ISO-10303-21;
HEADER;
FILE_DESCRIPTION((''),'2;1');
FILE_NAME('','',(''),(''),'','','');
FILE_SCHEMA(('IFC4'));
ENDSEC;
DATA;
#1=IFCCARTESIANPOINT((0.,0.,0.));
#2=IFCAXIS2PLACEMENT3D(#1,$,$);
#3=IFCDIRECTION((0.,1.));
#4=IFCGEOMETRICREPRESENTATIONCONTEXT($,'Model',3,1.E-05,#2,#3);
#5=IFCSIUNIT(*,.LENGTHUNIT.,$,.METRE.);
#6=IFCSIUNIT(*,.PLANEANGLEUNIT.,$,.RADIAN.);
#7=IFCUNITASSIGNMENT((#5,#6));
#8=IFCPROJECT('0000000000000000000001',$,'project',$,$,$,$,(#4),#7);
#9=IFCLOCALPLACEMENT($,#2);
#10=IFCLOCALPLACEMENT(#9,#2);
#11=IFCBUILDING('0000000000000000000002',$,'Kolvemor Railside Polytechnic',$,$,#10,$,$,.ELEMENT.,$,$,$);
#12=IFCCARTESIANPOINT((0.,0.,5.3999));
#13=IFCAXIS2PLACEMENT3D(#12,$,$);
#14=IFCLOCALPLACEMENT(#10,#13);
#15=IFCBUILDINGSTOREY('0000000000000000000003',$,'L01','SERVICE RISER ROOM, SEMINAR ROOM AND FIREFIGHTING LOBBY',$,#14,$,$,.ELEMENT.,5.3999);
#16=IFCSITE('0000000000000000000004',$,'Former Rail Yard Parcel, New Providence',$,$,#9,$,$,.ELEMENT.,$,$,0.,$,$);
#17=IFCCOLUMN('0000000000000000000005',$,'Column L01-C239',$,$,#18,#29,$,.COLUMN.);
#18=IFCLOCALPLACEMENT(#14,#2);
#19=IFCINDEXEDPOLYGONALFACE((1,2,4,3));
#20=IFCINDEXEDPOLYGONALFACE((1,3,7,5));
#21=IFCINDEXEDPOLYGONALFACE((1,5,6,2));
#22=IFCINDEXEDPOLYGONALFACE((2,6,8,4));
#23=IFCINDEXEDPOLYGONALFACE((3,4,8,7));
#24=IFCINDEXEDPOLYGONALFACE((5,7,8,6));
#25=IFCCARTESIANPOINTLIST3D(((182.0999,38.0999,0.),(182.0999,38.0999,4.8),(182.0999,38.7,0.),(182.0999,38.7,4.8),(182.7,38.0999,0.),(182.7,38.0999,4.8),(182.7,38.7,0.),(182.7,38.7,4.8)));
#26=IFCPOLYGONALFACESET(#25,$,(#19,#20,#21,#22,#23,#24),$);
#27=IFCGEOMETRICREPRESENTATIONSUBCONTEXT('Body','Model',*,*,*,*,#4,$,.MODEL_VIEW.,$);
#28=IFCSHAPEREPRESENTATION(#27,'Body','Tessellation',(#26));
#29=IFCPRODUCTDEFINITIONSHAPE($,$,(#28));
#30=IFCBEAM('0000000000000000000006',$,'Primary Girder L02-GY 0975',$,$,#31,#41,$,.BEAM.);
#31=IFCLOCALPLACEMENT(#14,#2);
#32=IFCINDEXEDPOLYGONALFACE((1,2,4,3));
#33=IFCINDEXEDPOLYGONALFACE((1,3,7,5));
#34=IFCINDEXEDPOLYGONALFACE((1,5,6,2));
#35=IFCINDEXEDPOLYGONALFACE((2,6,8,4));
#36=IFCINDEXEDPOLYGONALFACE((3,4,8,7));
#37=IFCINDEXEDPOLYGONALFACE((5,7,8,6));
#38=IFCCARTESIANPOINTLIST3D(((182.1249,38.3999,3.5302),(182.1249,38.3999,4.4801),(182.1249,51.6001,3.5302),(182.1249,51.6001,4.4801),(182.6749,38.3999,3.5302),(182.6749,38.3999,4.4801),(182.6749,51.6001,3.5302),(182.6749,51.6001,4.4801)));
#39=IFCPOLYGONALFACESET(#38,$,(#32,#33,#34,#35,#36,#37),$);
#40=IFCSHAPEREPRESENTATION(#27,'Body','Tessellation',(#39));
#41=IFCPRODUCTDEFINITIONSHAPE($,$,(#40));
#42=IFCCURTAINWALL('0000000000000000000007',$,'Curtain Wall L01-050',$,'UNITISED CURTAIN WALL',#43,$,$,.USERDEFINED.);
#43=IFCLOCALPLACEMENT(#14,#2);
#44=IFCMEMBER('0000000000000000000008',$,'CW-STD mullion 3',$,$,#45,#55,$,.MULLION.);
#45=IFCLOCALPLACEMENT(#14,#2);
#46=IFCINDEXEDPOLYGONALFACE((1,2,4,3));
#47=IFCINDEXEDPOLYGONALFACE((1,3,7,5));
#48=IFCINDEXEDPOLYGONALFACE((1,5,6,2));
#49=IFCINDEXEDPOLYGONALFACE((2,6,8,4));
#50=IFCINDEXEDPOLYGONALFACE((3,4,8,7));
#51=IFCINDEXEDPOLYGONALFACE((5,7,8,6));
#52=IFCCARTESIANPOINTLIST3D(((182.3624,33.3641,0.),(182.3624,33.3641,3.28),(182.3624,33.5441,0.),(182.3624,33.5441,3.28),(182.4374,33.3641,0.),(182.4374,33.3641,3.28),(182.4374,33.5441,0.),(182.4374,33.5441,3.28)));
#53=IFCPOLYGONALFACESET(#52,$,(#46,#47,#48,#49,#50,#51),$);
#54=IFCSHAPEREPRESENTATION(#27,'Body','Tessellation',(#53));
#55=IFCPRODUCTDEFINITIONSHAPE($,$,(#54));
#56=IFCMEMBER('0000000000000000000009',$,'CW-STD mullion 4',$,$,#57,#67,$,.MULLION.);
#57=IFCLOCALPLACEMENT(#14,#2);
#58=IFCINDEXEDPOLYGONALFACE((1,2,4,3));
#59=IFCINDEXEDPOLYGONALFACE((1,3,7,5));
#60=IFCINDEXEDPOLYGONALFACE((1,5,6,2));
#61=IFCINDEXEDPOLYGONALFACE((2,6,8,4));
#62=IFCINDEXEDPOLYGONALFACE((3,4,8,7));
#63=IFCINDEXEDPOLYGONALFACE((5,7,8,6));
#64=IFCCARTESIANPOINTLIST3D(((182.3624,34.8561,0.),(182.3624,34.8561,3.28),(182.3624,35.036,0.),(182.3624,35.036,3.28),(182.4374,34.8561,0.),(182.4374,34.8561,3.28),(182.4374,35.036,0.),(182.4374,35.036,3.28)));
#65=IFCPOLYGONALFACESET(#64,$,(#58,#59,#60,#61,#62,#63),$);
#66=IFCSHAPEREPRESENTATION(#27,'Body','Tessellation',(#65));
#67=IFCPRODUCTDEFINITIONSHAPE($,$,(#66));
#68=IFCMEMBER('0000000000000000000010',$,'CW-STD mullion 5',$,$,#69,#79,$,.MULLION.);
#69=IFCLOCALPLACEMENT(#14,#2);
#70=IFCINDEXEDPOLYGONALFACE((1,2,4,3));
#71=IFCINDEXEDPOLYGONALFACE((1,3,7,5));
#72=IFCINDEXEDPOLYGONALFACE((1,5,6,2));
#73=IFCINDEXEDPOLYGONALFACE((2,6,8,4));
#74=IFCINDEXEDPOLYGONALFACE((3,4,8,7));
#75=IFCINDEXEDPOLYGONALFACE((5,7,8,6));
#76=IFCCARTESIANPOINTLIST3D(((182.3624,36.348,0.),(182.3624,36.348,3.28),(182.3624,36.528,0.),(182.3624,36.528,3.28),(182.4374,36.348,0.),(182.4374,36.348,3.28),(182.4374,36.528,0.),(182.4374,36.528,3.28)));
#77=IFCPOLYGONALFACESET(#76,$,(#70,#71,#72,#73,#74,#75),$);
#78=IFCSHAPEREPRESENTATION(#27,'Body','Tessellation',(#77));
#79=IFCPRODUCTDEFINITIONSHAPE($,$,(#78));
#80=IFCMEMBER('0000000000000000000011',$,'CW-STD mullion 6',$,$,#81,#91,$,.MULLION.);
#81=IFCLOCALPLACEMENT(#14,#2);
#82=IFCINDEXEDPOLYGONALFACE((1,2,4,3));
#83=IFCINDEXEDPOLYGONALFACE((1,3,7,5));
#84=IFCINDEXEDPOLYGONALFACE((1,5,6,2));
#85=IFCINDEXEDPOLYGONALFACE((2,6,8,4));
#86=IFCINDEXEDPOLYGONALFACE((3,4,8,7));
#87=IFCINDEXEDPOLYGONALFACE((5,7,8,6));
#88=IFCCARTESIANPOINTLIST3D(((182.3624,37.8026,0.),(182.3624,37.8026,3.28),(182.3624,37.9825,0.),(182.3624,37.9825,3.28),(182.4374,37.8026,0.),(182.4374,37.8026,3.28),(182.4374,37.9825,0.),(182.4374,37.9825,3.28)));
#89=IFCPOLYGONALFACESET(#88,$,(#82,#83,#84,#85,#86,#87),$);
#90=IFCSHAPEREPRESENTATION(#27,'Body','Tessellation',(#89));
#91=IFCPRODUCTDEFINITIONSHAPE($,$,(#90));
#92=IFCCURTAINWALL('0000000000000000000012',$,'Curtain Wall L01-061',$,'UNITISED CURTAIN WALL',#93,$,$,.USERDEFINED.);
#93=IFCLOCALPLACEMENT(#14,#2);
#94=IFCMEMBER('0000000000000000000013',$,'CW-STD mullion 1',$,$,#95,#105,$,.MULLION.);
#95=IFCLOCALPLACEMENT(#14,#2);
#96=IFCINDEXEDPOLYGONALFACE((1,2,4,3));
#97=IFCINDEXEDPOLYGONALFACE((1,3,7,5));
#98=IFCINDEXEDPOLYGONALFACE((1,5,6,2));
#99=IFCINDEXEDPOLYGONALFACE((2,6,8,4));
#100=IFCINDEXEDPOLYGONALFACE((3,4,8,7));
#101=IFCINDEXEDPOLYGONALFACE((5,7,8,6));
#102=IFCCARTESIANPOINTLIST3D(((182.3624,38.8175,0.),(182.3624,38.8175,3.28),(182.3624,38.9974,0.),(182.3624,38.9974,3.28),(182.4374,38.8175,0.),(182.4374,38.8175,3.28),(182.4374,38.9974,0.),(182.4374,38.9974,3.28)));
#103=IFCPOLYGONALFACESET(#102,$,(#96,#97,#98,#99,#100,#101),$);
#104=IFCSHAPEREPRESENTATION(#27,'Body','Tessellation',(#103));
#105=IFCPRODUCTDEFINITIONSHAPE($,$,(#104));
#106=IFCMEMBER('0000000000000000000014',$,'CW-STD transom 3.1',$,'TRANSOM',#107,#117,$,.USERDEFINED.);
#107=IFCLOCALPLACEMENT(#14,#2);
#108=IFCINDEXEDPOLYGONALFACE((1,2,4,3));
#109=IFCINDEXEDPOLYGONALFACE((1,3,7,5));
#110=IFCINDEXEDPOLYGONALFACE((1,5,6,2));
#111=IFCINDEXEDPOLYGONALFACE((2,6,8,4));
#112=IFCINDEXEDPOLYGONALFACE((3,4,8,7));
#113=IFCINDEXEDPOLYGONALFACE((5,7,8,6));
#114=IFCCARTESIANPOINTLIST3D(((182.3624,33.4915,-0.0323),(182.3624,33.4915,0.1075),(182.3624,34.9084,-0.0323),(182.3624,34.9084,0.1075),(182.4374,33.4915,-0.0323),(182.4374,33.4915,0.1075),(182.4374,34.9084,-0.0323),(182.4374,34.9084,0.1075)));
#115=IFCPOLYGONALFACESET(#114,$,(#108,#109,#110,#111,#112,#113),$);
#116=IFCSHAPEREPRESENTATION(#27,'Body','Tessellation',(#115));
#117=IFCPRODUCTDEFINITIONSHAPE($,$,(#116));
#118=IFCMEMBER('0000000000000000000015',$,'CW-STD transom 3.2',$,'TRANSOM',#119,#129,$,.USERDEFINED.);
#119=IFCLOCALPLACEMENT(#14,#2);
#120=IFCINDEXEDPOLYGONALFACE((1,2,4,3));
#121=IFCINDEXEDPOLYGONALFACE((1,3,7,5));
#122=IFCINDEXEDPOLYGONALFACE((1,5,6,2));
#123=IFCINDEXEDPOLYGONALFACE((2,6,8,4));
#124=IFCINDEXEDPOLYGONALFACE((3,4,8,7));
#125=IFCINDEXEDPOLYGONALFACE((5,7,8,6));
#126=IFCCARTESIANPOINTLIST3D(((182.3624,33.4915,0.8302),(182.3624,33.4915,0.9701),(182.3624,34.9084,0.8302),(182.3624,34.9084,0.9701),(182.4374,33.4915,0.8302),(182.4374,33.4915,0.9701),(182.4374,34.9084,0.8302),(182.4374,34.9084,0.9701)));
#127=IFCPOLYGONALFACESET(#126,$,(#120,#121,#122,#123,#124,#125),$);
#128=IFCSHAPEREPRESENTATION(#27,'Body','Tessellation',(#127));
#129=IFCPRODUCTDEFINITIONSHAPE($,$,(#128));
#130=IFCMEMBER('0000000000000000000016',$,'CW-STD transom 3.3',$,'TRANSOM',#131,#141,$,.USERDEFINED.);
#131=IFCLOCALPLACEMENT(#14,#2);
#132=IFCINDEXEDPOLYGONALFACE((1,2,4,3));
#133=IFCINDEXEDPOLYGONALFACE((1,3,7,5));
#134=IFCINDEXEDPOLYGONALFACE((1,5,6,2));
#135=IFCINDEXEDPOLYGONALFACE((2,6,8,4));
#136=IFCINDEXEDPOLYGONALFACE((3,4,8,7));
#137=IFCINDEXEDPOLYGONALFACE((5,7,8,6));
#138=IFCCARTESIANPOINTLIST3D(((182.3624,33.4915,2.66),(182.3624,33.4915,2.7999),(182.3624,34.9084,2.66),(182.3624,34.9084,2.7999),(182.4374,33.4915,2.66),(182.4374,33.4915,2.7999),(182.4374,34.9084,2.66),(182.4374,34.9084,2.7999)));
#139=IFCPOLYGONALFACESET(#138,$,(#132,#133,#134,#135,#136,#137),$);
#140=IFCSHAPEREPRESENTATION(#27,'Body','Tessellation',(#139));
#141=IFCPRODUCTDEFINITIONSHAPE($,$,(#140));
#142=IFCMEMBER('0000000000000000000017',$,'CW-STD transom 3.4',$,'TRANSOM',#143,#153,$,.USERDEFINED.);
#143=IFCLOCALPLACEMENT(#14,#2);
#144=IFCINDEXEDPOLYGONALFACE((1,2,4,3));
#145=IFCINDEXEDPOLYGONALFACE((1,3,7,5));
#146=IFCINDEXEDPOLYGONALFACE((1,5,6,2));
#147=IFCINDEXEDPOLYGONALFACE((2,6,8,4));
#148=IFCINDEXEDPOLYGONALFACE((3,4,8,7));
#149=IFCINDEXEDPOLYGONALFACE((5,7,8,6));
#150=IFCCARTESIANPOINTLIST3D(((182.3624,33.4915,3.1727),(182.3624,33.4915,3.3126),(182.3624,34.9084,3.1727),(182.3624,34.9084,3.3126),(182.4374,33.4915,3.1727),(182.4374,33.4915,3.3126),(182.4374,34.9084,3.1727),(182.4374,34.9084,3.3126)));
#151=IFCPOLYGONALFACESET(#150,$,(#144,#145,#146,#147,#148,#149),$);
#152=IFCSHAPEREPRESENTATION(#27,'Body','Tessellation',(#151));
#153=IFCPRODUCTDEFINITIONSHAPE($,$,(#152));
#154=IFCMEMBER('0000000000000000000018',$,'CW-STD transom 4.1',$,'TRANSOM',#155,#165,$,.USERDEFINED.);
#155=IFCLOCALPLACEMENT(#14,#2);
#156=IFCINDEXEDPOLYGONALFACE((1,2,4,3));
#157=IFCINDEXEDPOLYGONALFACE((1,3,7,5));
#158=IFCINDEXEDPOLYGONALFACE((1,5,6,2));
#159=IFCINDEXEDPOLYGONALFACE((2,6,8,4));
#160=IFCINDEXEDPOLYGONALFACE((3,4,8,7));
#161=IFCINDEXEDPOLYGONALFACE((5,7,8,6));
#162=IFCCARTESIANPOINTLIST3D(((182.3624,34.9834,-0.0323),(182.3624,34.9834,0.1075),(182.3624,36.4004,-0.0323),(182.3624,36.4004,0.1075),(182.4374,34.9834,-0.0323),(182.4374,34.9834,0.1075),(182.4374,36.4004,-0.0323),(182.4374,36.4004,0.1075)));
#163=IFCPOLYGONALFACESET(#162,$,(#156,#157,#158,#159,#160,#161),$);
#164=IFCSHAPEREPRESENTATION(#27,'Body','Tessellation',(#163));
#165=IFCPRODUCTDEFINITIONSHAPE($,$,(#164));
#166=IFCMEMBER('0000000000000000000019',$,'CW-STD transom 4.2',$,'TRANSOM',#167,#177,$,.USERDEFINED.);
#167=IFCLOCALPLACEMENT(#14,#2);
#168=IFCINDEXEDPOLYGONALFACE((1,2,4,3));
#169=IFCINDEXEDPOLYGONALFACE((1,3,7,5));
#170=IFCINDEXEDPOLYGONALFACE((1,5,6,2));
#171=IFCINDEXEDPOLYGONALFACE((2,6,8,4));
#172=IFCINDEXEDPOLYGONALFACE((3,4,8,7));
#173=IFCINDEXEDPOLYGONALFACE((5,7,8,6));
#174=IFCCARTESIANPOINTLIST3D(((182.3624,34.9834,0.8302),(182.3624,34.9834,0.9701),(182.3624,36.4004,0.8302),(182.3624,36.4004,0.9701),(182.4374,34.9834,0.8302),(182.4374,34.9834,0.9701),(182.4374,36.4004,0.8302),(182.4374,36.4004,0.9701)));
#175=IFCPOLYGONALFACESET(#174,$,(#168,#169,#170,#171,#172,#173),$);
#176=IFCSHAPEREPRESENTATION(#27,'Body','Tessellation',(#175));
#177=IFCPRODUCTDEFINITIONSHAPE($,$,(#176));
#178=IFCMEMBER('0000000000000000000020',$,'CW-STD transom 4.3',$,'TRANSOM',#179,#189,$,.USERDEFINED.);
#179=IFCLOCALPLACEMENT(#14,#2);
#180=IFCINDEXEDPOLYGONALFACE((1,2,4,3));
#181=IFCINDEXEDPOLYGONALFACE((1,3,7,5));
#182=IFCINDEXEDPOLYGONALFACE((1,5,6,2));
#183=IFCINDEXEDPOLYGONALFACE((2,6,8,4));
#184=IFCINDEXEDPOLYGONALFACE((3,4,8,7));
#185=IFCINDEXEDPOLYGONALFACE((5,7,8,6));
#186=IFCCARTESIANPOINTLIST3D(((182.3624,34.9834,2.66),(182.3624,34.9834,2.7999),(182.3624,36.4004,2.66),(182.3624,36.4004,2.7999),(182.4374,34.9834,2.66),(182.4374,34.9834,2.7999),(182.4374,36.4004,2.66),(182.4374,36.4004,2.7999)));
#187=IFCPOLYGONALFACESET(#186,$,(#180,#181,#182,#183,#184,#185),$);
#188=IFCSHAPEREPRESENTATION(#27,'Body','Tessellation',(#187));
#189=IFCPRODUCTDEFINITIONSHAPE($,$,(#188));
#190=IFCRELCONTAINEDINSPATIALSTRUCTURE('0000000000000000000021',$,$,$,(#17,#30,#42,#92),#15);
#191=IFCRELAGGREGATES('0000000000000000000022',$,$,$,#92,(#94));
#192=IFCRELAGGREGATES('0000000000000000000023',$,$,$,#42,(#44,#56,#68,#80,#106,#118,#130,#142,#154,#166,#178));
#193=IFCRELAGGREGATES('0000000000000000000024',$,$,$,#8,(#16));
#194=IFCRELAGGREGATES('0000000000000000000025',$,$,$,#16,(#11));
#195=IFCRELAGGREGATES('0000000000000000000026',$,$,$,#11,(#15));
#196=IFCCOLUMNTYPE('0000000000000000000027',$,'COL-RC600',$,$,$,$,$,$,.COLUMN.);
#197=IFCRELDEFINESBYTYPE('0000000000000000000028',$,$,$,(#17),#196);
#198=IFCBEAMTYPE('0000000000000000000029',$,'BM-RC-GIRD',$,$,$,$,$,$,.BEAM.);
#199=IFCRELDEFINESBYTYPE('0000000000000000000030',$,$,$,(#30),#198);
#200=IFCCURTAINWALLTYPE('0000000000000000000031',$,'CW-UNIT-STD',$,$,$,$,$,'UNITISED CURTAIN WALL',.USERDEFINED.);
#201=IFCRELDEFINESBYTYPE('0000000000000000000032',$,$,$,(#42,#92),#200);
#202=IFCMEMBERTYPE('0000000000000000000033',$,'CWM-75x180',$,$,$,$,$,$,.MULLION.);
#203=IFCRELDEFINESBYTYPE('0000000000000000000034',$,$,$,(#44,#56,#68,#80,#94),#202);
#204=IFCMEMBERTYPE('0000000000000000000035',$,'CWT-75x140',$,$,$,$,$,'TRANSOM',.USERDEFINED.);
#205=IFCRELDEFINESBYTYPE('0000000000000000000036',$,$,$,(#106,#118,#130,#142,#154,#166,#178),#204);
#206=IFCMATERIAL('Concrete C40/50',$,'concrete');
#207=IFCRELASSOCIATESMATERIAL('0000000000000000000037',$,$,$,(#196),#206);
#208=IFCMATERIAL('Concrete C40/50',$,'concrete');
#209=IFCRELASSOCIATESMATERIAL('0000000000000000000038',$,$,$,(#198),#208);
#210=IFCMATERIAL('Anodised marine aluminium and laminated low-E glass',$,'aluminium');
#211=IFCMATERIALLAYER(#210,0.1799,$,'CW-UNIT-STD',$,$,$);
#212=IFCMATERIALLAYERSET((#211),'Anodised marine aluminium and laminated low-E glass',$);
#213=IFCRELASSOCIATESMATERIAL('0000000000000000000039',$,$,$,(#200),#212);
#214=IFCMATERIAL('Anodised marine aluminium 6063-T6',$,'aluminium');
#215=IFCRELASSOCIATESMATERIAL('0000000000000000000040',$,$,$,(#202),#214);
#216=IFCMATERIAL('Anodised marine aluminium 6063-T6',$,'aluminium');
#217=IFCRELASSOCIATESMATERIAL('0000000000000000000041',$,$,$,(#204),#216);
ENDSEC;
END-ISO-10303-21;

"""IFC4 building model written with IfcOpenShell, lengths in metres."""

from ifc_helpers import new_model, si_unit, direction, frame, origin, origin_2d, place, context, subcontext, project, spatial, rectangle, extrude, material, layer, layer_set, material_profile, profile_set, type_object, element, aggregate, save


model = new_model("IFC4")

# Units and contexts
model_context = context("Model", 3, precision=1e-05, world=origin(), true_north=direction((0.0, 1.0)))
body_context = subcontext(model_context, "Body", "Model", "MODEL_VIEW")
ifc_project = project(units=[si_unit("LENGTHUNIT", "METRE"), si_unit("PLANEANGLEUNIT", "RADIAN")], contexts=[model_context])

# Site, building, storey
site_placement = place(None, origin())
site = spatial("IfcSite", under=ifc_project, at=site_placement, Name="Former Rail Yard Parcel, New Providence", CompositionType="ELEMENT", RefElevation=0.0)
building_placement = place(site_placement, origin())
building = spatial("IfcBuilding", under=site, at=building_placement, Name="Kolvemor Railside Polytechnic", CompositionType="ELEMENT")
storey_placement = place(building_placement, frame((0.0, 0.0, 5.3999)))
storey = spatial("IfcBuildingStorey", under=building, at=storey_placement, Name="L01", Description="SERVICE RISER ROOM, SEMINAR ROOM AND FIREFIGHTING LOBBY", CompositionType="ELEMENT", Elevation=5.3999)

# Column
ifc_material_1 = material(Name="Concrete C40/50", Category="concrete")
ifc_material_profile_1 = material_profile(ifc_material_1, rectangle(XDim=0.6001, YDim=0.6001, at=origin_2d()), Name="RC600x600")
ifc_profile_set_1 = profile_set([ifc_material_profile_1], Name="Concrete C40/50")
column_type = type_object("IfcColumnType", Name="COL-RC600", PredefinedType="COLUMN", material=ifc_profile_set_1)
column_placement = place(storey_placement, frame((182.3999, 38.3999, 0.0), z_axis=(0.0, 0.0, 1.0), x_axis=(1.0, 0.0, 0.0)))
element("IfcColumn", 1, at=column_placement, inside=storey, type_object=column_type, Name="Column L01-C239", PredefinedType="COLUMN", context=body_context, shape_type="SweptSolid", body=[
    extrude(rectangle(XDim=0.6001, YDim=0.6001, at=origin_2d()), origin(), (0.0, 0.0, 1.0), 4.8),
])

# Beam
ifc_material_2 = material(Name="Concrete C40/50", Category="concrete")
ifc_material_profile_2 = material_profile(ifc_material_2, rectangle(XDim=0.55, YDim=0.95, at=origin_2d()), Name="RC550x950")
ifc_profile_set_2 = profile_set([ifc_material_profile_2], Name="Concrete C40/50")
beam_type = type_object("IfcBeamType", Name="BM-RC-GIRD", PredefinedType="BEAM", material=ifc_profile_set_2)
beam_placement = place(storey_placement, frame((182.3999, 38.3999, 4.0051), z_axis=(0.0, 1.0, 0.0), x_axis=(-1.0, 0.0, 0.0)))
element("IfcBeam", 2, at=beam_placement, inside=storey, type_object=beam_type, Name="Primary Girder L02-GY 0975", PredefinedType="BEAM", context=body_context, shape_type="SweptSolid", body=[
    extrude(rectangle(XDim=0.55, YDim=0.95, at=origin_2d()), origin(), (0.0, 0.0, 1.0), 13.2002),
])

# Curtain wall, members
ifc_material_3 = material(Name="Anodised marine aluminium and laminated low-E glass", Category="aluminium")
ifc_layer_1 = layer(ifc_material_3, 0.1799, Name="CW-UNIT-STD")
ifc_layer_set_1 = layer_set([ifc_layer_1], Name="Anodised marine aluminium and laminated low-E glass")
curtain_wall_type = type_object("IfcCurtainWallType", Name="CW-UNIT-STD", ElementType="UNITISED CURTAIN WALL", PredefinedType="USERDEFINED", material=ifc_layer_set_1)
curtain_wall_1_placement = place(storey_placement, origin())
curtain_wall_1 = element("IfcCurtainWall", 3, at=curtain_wall_1_placement, inside=storey, type_object=curtain_wall_type, Name="Curtain Wall L01-050", ObjectType="UNITISED CURTAIN WALL", PredefinedType="USERDEFINED")
ifc_material_4 = material(Name="Anodised marine aluminium 6063-T6", Category="aluminium")
ifc_material_profile_3 = material_profile(ifc_material_4, rectangle(XDim=0.075, YDim=0.1799, at=origin_2d()), Name="CW-MUL-75x180")
ifc_profile_set_3 = profile_set([ifc_material_profile_3], Name="Anodised marine aluminium 6063-T6")
member_type_1 = type_object("IfcMemberType", Name="CWM-75x180", PredefinedType="MULLION", material=ifc_profile_set_3)
member_1_placement = place(storey_placement, frame((182.3999, 33.4541, 0.0), z_axis=(0.0, 0.0, 1.0), x_axis=(-1.0, 0.0, 0.0)))
member_1 = element("IfcMember", 4, at=member_1_placement, type_object=member_type_1, Name="CW-STD mullion 3", PredefinedType="MULLION", context=body_context, shape_type="SweptSolid", body=[
    extrude(rectangle(XDim=0.075, YDim=0.1799, at=origin_2d()), origin(), (0.0, 0.0, 1.0), 3.28),
])
member_2_placement = place(storey_placement, frame((182.3999, 34.946, 0.0), z_axis=(0.0, 0.0, 1.0), x_axis=(-1.0, 0.0, 0.0)))
member_2 = element("IfcMember", 5, at=member_2_placement, type_object=member_type_1, Name="CW-STD mullion 4", PredefinedType="MULLION", context=body_context, shape_type="SweptSolid", body=[
    extrude(rectangle(XDim=0.075, YDim=0.1799, at=origin_2d()), origin(), (0.0, 0.0, 1.0), 3.28),
])
member_3_placement = place(storey_placement, frame((182.3999, 36.438, 0.0), z_axis=(0.0, 0.0, 1.0), x_axis=(-1.0, 0.0, 0.0)))
member_3 = element("IfcMember", 6, at=member_3_placement, type_object=member_type_1, Name="CW-STD mullion 5", PredefinedType="MULLION", context=body_context, shape_type="SweptSolid", body=[
    extrude(rectangle(XDim=0.075, YDim=0.1799, at=origin_2d()), origin(), (0.0, 0.0, 1.0), 3.28),
])
member_4_placement = place(storey_placement, frame((182.3999, 37.8926, 0.0), z_axis=(0.0, 0.0, 1.0), x_axis=(-1.0, 0.0, 0.0)))
member_4 = element("IfcMember", 7, at=member_4_placement, type_object=member_type_1, Name="CW-STD mullion 6", PredefinedType="MULLION", context=body_context, shape_type="SweptSolid", body=[
    extrude(rectangle(XDim=0.075, YDim=0.1799, at=origin_2d()), origin(), (0.0, 0.0, 1.0), 3.28),
])

# Curtain wall, member
curtain_wall_2_placement = place(storey_placement, origin())
curtain_wall_2 = element("IfcCurtainWall", 8, at=curtain_wall_2_placement, inside=storey, type_object=curtain_wall_type, Name="Curtain Wall L01-061", ObjectType="UNITISED CURTAIN WALL", PredefinedType="USERDEFINED")
member_5_placement = place(storey_placement, frame((182.3999, 38.9075, 0.0), z_axis=(0.0, 0.0, 1.0), x_axis=(-1.0, 0.0, 0.0)))
member_5 = element("IfcMember", 9, at=member_5_placement, type_object=member_type_1, Name="CW-STD mullion 1", PredefinedType="MULLION", context=body_context, shape_type="SweptSolid", body=[
    extrude(rectangle(XDim=0.075, YDim=0.1799, at=origin_2d()), origin(), (0.0, 0.0, 1.0), 3.28),
])

# Members
ifc_material_5 = material(Name="Anodised marine aluminium 6063-T6", Category="aluminium")
ifc_material_profile_4 = material_profile(ifc_material_5, rectangle(XDim=0.075, YDim=0.1399, at=origin_2d()), Name="CW-TRN-75x140")
ifc_profile_set_4 = profile_set([ifc_material_profile_4], Name="Anodised marine aluminium 6063-T6")
member_type_2 = type_object("IfcMemberType", Name="CWT-75x140", ElementType="TRANSOM", PredefinedType="USERDEFINED", material=ifc_profile_set_4)
member_6_placement = place(storey_placement, frame((182.3999, 33.4915, 0.0376), z_axis=(0.0, 1.0, 0.0), x_axis=(-1.0, 0.0, 0.0)))
member_6 = element("IfcMember", 10, at=member_6_placement, type_object=member_type_2, Name="CW-STD transom 3.1", ObjectType="TRANSOM", PredefinedType="USERDEFINED", context=body_context, shape_type="SweptSolid", body=[
    extrude(rectangle(XDim=0.075, YDim=0.1399, at=origin_2d()), origin(), (0.0, 0.0, 1.0), 1.417),
])
member_7_placement = place(storey_placement, frame((182.3999, 33.4915, 0.9001), z_axis=(0.0, 1.0, 0.0), x_axis=(-1.0, 0.0, 0.0)))
member_7 = element("IfcMember", 11, at=member_7_placement, type_object=member_type_2, Name="CW-STD transom 3.2", ObjectType="TRANSOM", PredefinedType="USERDEFINED", context=body_context, shape_type="SweptSolid", body=[
    extrude(rectangle(XDim=0.075, YDim=0.1399, at=origin_2d()), origin(), (0.0, 0.0, 1.0), 1.417),
])
member_8_placement = place(storey_placement, frame((182.3999, 33.4915, 2.73), z_axis=(0.0, 1.0, 0.0), x_axis=(-1.0, 0.0, 0.0)))
member_8 = element("IfcMember", 12, at=member_8_placement, type_object=member_type_2, Name="CW-STD transom 3.3", ObjectType="TRANSOM", PredefinedType="USERDEFINED", context=body_context, shape_type="SweptSolid", body=[
    extrude(rectangle(XDim=0.075, YDim=0.1399, at=origin_2d()), origin(), (0.0, 0.0, 1.0), 1.417),
])
member_9_placement = place(storey_placement, frame((182.3999, 33.4915, 3.2427), z_axis=(0.0, 1.0, 0.0), x_axis=(-1.0, 0.0, 0.0)))
member_9 = element("IfcMember", 13, at=member_9_placement, type_object=member_type_2, Name="CW-STD transom 3.4", ObjectType="TRANSOM", PredefinedType="USERDEFINED", context=body_context, shape_type="SweptSolid", body=[
    extrude(rectangle(XDim=0.075, YDim=0.1399, at=origin_2d()), origin(), (0.0, 0.0, 1.0), 1.417),
])
member_10_placement = place(storey_placement, frame((182.3999, 34.9834, 0.0376), z_axis=(0.0, 1.0, 0.0), x_axis=(-1.0, 0.0, 0.0)))
member_10 = element("IfcMember", 14, at=member_10_placement, type_object=member_type_2, Name="CW-STD transom 4.1", ObjectType="TRANSOM", PredefinedType="USERDEFINED", context=body_context, shape_type="SweptSolid", body=[
    extrude(rectangle(XDim=0.075, YDim=0.1399, at=origin_2d()), origin(), (0.0, 0.0, 1.0), 1.417),
])
member_11_placement = place(storey_placement, frame((182.3999, 34.9834, 0.9001), z_axis=(0.0, 1.0, 0.0), x_axis=(-1.0, 0.0, 0.0)))
member_11 = element("IfcMember", 15, at=member_11_placement, type_object=member_type_2, Name="CW-STD transom 4.2", ObjectType="TRANSOM", PredefinedType="USERDEFINED", context=body_context, shape_type="SweptSolid", body=[
    extrude(rectangle(XDim=0.075, YDim=0.1399, at=origin_2d()), origin(), (0.0, 0.0, 1.0), 1.417),
])
member_12_placement = place(storey_placement, frame((182.3999, 34.9834, 2.73), z_axis=(0.0, 1.0, 0.0), x_axis=(-1.0, 0.0, 0.0)))
member_12 = element("IfcMember", 16, at=member_12_placement, type_object=member_type_2, Name="CW-STD transom 4.3", ObjectType="TRANSOM", PredefinedType="USERDEFINED", context=body_context, shape_type="SweptSolid", body=[
    extrude(rectangle(XDim=0.075, YDim=0.1399, at=origin_2d()), origin(), (0.0, 0.0, 1.0), 1.417),
])
aggregate(curtain_wall_2, [member_5])

aggregate(curtain_wall_1, [member_1, member_2, member_3, member_4, member_6, member_7, member_8, member_9, member_10, member_11, member_12])

save(model, "model.ifc")
